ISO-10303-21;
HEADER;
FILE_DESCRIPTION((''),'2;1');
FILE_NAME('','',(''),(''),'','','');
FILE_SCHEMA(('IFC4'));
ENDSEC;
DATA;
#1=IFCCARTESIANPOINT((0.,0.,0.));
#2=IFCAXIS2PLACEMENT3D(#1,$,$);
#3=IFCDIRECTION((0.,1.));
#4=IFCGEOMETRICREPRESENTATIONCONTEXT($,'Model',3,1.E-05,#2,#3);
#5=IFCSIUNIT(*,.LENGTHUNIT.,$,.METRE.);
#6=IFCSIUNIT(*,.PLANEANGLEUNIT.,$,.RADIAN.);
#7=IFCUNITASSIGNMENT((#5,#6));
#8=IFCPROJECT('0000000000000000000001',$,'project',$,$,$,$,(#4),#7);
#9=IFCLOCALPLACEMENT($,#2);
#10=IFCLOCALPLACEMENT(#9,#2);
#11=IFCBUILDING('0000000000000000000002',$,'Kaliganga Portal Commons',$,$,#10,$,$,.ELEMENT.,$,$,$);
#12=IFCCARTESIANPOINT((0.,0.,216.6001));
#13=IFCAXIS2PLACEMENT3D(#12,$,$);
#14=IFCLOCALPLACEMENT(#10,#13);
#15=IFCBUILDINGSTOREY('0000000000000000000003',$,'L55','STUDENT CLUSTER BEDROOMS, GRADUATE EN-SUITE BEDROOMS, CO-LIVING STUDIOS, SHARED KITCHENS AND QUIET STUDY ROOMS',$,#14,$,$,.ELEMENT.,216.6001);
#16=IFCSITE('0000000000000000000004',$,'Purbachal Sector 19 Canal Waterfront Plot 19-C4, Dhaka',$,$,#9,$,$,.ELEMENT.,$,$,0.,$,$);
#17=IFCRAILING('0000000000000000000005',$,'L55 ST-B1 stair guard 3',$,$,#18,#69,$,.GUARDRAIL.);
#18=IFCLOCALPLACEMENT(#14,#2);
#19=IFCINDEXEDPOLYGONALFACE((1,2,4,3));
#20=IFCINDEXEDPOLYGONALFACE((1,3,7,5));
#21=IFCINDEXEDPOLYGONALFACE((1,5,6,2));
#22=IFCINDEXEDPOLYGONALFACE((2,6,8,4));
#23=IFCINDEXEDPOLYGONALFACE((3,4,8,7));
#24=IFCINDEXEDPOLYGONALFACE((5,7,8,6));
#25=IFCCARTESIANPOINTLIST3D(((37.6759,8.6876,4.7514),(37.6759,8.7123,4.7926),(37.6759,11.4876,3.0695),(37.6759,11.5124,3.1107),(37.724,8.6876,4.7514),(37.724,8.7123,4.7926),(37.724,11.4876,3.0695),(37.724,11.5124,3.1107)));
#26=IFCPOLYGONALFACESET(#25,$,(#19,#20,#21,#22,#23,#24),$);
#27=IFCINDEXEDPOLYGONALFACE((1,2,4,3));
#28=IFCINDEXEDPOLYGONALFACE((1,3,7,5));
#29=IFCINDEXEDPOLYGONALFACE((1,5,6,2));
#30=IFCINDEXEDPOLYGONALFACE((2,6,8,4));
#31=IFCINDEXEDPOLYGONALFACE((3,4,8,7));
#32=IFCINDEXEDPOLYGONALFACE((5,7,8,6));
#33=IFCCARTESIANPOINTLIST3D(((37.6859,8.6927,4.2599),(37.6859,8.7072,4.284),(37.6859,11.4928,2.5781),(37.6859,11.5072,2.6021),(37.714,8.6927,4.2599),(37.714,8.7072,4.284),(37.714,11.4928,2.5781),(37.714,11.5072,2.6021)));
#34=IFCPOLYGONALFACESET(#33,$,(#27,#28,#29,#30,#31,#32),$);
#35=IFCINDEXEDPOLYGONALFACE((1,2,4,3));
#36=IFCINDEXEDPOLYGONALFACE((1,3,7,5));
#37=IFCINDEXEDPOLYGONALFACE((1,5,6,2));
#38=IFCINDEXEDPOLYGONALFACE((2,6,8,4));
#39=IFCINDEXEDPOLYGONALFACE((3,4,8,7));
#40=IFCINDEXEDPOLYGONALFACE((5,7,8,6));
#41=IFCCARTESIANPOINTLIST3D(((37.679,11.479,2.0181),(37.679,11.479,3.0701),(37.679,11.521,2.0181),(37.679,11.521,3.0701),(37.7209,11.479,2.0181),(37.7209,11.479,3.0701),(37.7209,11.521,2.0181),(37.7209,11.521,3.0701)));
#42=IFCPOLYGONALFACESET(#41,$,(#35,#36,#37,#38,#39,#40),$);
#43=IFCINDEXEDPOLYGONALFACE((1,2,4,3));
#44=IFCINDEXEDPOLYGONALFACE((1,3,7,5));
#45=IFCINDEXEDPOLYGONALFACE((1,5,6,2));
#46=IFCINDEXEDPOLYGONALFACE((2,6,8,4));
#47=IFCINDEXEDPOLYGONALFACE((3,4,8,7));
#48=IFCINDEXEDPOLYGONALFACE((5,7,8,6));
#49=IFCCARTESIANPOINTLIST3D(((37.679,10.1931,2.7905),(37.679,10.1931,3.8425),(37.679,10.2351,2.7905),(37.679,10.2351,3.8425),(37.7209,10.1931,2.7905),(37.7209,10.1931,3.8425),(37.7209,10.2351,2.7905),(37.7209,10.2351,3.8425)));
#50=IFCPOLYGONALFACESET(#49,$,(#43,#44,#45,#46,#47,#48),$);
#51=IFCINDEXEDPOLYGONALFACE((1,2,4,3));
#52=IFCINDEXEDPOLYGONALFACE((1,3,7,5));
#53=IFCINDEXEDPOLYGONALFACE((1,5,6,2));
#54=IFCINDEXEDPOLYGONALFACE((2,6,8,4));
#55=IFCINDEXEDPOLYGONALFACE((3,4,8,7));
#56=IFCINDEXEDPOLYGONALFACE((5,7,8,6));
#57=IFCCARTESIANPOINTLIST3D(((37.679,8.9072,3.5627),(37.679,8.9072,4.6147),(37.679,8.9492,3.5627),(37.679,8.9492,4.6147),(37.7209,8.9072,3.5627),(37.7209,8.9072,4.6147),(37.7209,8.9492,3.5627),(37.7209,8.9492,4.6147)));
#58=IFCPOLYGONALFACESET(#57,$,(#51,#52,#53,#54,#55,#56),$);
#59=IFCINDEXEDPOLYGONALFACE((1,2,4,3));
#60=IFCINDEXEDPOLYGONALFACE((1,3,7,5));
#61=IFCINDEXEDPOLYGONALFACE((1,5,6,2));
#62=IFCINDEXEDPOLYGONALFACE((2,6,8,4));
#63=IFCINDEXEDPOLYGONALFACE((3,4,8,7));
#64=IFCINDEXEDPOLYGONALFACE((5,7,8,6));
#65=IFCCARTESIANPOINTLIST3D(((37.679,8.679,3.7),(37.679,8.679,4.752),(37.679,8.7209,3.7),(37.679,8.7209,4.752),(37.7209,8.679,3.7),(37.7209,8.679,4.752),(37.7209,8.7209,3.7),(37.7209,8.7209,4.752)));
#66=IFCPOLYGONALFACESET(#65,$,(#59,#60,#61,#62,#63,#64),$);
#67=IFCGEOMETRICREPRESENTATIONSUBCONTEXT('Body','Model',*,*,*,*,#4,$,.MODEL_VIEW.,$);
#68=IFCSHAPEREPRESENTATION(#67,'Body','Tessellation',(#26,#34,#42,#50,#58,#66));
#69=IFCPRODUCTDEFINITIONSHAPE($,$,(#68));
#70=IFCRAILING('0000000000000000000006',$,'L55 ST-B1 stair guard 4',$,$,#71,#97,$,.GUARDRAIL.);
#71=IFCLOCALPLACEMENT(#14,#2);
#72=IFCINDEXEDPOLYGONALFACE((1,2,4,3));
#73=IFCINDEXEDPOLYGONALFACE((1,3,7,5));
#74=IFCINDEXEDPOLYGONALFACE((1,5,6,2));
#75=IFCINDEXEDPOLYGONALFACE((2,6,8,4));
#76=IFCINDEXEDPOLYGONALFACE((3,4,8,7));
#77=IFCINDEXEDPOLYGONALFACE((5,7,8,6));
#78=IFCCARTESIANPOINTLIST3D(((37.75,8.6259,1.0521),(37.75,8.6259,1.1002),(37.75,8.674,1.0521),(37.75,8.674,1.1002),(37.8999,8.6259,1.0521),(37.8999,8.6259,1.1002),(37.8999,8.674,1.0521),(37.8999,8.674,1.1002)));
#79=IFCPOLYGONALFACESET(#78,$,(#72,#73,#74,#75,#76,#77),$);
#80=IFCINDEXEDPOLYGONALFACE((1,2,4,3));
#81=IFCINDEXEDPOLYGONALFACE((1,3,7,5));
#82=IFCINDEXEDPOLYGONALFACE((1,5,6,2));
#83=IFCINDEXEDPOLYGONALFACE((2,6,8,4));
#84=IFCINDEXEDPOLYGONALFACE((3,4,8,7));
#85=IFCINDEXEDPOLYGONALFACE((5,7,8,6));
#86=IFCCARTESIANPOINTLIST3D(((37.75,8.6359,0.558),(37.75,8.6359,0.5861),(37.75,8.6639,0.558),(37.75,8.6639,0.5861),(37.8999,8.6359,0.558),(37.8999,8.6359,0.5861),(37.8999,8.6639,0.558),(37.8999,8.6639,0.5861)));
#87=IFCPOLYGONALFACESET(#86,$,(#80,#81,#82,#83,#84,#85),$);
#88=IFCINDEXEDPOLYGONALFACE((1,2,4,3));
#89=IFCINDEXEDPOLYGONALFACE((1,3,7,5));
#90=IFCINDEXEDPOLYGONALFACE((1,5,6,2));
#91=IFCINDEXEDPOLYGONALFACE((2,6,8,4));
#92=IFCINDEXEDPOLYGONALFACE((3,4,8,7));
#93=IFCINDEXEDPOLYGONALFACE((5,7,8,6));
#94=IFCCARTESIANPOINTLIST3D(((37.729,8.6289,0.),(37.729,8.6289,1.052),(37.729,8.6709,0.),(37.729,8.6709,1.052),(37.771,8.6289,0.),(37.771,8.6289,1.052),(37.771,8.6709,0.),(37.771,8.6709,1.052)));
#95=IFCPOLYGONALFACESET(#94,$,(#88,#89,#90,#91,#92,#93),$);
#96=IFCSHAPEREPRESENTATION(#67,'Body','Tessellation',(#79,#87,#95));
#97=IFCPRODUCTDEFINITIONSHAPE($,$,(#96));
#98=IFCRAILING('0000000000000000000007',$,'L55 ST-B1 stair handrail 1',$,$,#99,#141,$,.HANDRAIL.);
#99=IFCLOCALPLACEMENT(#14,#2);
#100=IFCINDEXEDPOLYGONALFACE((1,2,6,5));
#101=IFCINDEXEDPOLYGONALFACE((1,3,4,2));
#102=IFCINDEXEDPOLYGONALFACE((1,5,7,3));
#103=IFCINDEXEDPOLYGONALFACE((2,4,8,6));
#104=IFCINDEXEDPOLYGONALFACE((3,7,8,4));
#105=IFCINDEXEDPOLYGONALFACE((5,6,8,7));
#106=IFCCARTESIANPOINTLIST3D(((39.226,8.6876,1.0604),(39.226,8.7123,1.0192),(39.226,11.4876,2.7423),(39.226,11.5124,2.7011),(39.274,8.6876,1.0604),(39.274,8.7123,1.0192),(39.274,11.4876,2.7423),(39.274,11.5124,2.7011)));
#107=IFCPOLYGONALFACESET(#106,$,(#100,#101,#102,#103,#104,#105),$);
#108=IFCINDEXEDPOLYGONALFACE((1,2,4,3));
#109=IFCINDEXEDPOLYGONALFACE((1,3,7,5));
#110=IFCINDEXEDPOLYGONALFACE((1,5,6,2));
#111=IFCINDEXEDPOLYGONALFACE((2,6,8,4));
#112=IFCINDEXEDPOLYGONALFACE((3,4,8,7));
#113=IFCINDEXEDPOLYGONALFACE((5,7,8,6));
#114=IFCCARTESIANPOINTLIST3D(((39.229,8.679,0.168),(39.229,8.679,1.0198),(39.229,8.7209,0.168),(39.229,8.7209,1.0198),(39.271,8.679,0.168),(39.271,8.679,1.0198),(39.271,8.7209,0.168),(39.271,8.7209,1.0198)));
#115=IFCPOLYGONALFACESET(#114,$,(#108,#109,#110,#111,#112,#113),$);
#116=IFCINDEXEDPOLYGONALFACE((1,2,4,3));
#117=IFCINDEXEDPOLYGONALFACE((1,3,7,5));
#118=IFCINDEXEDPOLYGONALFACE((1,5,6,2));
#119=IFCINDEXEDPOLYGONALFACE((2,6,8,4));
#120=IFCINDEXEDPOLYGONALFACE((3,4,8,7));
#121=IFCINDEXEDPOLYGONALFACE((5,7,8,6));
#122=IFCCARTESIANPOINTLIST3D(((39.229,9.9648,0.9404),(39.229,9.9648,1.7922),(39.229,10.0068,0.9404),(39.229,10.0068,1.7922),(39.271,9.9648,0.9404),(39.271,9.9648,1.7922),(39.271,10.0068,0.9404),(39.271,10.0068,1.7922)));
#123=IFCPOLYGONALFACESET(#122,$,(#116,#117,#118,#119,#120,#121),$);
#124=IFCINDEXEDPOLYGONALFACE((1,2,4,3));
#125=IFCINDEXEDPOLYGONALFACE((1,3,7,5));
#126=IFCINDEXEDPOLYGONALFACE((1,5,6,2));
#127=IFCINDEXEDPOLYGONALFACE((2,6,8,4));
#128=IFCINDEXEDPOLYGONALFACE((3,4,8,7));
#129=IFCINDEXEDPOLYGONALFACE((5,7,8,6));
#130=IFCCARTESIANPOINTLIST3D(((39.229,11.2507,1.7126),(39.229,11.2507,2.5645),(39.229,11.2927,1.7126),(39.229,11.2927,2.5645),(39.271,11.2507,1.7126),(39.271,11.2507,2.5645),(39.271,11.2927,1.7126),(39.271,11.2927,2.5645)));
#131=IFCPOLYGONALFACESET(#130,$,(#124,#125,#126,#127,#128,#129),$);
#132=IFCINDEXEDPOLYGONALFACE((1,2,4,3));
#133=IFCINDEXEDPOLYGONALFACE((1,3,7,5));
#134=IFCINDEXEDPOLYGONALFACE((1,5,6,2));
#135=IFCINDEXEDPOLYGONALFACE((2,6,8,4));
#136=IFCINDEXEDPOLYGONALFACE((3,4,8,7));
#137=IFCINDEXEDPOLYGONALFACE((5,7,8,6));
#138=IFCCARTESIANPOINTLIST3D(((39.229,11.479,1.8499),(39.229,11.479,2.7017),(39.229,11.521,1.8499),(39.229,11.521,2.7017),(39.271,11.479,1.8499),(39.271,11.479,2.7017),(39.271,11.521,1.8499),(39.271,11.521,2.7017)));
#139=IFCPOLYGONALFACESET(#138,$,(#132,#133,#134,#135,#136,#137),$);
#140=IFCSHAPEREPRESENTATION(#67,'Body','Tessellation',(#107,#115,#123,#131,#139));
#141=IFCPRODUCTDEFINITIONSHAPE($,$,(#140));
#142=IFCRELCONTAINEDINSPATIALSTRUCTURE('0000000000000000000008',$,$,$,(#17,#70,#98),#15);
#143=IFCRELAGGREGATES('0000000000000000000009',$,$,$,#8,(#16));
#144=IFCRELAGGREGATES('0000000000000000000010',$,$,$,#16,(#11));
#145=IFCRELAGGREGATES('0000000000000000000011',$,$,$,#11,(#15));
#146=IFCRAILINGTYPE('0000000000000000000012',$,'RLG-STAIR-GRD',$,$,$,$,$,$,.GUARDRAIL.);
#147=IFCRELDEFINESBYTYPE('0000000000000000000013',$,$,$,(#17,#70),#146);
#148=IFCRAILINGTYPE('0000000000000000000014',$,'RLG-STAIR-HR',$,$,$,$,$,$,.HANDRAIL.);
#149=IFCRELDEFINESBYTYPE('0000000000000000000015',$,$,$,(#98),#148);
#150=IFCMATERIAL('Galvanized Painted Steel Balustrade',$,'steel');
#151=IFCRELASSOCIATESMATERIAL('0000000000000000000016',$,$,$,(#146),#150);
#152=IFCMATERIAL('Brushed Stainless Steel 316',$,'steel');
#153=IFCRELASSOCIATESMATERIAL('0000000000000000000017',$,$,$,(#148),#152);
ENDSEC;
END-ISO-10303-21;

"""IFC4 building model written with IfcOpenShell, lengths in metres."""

from ifc_helpers import new_model, si_unit, direction, frame, origin, origin_2d, place, context, subcontext, project, spatial, rectangle, extrude, material, type_object, element, save


model = new_model("IFC4")

# Units and contexts
model_context = context("Model", 3, precision=1e-05, world=origin(), true_north=direction((0.0, 1.0)))
body_context = subcontext(model_context, "Body", "Model", "MODEL_VIEW")
ifc_project = project(units=[si_unit("LENGTHUNIT", "METRE"), si_unit("PLANEANGLEUNIT", "RADIAN")], contexts=[model_context])

# Site, building, storey
site_placement = place(None, origin())
site = spatial("IfcSite", under=ifc_project, at=site_placement, Name="Purbachal Sector 19 Canal Waterfront Plot 19-C4, Dhaka", CompositionType="ELEMENT", RefElevation=0.0)
building_placement = place(site_placement, origin())
building = spatial("IfcBuilding", under=site, at=building_placement, Name="Kaliganga Portal Commons", CompositionType="ELEMENT")
storey_placement = place(building_placement, frame((0.0, 0.0, 216.6001)))
storey = spatial("IfcBuildingStorey", under=building, at=storey_placement, Name="L55", Description="STUDENT CLUSTER BEDROOMS, GRADUATE EN-SUITE BEDROOMS, CO-LIVING STUDIOS, SHARED KITCHENS AND QUIET STUDY ROOMS", CompositionType="ELEMENT", Elevation=216.6001)

# Railings
ifc_material_1 = material(Name="Galvanized Painted Steel Balustrade", Category="steel")
railing_type_1 = type_object("IfcRailingType", Name="RLG-STAIR-GRD", PredefinedType="GUARDRAIL", material=ifc_material_1)
railing_1_placement = place(storey_placement, frame((37.7, 11.5, 2.0181)))
element("IfcRailing", 1, at=railing_1_placement, inside=storey, type_object=railing_type_1, Name="L55 ST-B1 stair guard 3", PredefinedType="GUARDRAIL", context=body_context, shape_type="SweptSolid", body=[
    extrude(rectangle(XDim=0.0481, YDim=0.0481, at=origin_2d()), frame((0.0, 0.0, 1.072), z_axis=(0.0, -0.857242, 0.514913), x_axis=(1.0, 0.0, 0.0)), (0.0, 0.0, 1.0), 3.2664),
    extrude(rectangle(XDim=0.0281, YDim=0.0281, at=origin_2d()), frame((0.0, 0.0, 0.572), z_axis=(0.0, -0.857242, 0.514913), x_axis=(1.0, 0.0, 0.0)), (0.0, 0.0, 1.0), 3.2664),
    extrude(rectangle(XDim=0.042, YDim=0.042, at=origin_2d()), origin(), (0.0, 0.0, 1.0), 1.052),
    extrude(rectangle(XDim=0.042, YDim=0.042, at=origin_2d()), frame((0.0, -1.2859, 0.7725)), (0.0, 0.0, 1.0), 1.052),
    extrude(rectangle(XDim=0.042, YDim=0.042, at=origin_2d()), frame((0.0, -2.5718, 1.5447)), (0.0, 0.0, 1.0), 1.052),
    extrude(rectangle(XDim=0.042, YDim=0.042, at=origin_2d()), frame((0.0, -2.8, 1.6819)), (0.0, 0.0, 1.0), 1.052),
])
railing_2_placement = place(storey_placement, frame((37.8999, 8.6499, 0.0)))
element("IfcRailing", 2, at=railing_2_placement, inside=storey, type_object=railing_type_1, Name="L55 ST-B1 stair guard 4", PredefinedType="GUARDRAIL", context=body_context, shape_type="SweptSolid", body=[
    extrude(rectangle(XDim=0.0481, YDim=0.0481, at=origin_2d()), frame((0.0, 0.0, 1.0762), z_axis=(-1.0, 0.0, 0.0), x_axis=(0.0, -1.0, 0.0)), (0.0, 0.0, 1.0), 0.1499),
    extrude(rectangle(XDim=0.0281, YDim=0.0281, at=origin_2d()), frame((0.0, 0.0, 0.572), z_axis=(-1.0, 0.0, 0.0), x_axis=(0.0, -1.0, 0.0)), (0.0, 0.0, 1.0), 0.1499),
    extrude(rectangle(XDim=0.042, YDim=0.042, at=origin_2d()), frame((-0.1499, 0.0, 0.0)), (0.0, 0.0, 1.0), 1.052),
])
ifc_material_2 = material(Name="Brushed Stainless Steel 316", Category="steel")
railing_type_2 = type_object("IfcRailingType", Name="RLG-STAIR-HR", PredefinedType="HANDRAIL", material=ifc_material_2)
railing_3_placement = place(storey_placement, frame((39.25, 8.7, 0.168)))
element("IfcRailing", 3, at=railing_3_placement, inside=storey, type_object=railing_type_2, Name="L55 ST-B1 stair handrail 1", PredefinedType="HANDRAIL", context=body_context, shape_type="SweptSolid", body=[
    extrude(rectangle(XDim=0.0481, YDim=0.0481, at=origin_2d()), frame((0.0, 0.0, 0.8718), z_axis=(0.0, 0.857242, 0.514913), x_axis=(-1.0, 0.0, 0.0)), (0.0, 0.0, 1.0), 3.2664),
    extrude(rectangle(XDim=0.042, YDim=0.042, at=origin_2d()), origin(), (0.0, 0.0, 1.0), 0.8518),
    extrude(rectangle(XDim=0.042, YDim=0.042, at=origin_2d()), frame((0.0, 1.2859, 0.7725)), (0.0, 0.0, 1.0), 0.8518),
    extrude(rectangle(XDim=0.042, YDim=0.042, at=origin_2d()), frame((0.0, 2.5718, 1.5447)), (0.0, 0.0, 1.0), 0.8518),
    extrude(rectangle(XDim=0.042, YDim=0.042, at=origin_2d()), frame((0.0, 2.8, 1.6819)), (0.0, 0.0, 1.0), 0.8518),
])

save(model, "model.ifc")
